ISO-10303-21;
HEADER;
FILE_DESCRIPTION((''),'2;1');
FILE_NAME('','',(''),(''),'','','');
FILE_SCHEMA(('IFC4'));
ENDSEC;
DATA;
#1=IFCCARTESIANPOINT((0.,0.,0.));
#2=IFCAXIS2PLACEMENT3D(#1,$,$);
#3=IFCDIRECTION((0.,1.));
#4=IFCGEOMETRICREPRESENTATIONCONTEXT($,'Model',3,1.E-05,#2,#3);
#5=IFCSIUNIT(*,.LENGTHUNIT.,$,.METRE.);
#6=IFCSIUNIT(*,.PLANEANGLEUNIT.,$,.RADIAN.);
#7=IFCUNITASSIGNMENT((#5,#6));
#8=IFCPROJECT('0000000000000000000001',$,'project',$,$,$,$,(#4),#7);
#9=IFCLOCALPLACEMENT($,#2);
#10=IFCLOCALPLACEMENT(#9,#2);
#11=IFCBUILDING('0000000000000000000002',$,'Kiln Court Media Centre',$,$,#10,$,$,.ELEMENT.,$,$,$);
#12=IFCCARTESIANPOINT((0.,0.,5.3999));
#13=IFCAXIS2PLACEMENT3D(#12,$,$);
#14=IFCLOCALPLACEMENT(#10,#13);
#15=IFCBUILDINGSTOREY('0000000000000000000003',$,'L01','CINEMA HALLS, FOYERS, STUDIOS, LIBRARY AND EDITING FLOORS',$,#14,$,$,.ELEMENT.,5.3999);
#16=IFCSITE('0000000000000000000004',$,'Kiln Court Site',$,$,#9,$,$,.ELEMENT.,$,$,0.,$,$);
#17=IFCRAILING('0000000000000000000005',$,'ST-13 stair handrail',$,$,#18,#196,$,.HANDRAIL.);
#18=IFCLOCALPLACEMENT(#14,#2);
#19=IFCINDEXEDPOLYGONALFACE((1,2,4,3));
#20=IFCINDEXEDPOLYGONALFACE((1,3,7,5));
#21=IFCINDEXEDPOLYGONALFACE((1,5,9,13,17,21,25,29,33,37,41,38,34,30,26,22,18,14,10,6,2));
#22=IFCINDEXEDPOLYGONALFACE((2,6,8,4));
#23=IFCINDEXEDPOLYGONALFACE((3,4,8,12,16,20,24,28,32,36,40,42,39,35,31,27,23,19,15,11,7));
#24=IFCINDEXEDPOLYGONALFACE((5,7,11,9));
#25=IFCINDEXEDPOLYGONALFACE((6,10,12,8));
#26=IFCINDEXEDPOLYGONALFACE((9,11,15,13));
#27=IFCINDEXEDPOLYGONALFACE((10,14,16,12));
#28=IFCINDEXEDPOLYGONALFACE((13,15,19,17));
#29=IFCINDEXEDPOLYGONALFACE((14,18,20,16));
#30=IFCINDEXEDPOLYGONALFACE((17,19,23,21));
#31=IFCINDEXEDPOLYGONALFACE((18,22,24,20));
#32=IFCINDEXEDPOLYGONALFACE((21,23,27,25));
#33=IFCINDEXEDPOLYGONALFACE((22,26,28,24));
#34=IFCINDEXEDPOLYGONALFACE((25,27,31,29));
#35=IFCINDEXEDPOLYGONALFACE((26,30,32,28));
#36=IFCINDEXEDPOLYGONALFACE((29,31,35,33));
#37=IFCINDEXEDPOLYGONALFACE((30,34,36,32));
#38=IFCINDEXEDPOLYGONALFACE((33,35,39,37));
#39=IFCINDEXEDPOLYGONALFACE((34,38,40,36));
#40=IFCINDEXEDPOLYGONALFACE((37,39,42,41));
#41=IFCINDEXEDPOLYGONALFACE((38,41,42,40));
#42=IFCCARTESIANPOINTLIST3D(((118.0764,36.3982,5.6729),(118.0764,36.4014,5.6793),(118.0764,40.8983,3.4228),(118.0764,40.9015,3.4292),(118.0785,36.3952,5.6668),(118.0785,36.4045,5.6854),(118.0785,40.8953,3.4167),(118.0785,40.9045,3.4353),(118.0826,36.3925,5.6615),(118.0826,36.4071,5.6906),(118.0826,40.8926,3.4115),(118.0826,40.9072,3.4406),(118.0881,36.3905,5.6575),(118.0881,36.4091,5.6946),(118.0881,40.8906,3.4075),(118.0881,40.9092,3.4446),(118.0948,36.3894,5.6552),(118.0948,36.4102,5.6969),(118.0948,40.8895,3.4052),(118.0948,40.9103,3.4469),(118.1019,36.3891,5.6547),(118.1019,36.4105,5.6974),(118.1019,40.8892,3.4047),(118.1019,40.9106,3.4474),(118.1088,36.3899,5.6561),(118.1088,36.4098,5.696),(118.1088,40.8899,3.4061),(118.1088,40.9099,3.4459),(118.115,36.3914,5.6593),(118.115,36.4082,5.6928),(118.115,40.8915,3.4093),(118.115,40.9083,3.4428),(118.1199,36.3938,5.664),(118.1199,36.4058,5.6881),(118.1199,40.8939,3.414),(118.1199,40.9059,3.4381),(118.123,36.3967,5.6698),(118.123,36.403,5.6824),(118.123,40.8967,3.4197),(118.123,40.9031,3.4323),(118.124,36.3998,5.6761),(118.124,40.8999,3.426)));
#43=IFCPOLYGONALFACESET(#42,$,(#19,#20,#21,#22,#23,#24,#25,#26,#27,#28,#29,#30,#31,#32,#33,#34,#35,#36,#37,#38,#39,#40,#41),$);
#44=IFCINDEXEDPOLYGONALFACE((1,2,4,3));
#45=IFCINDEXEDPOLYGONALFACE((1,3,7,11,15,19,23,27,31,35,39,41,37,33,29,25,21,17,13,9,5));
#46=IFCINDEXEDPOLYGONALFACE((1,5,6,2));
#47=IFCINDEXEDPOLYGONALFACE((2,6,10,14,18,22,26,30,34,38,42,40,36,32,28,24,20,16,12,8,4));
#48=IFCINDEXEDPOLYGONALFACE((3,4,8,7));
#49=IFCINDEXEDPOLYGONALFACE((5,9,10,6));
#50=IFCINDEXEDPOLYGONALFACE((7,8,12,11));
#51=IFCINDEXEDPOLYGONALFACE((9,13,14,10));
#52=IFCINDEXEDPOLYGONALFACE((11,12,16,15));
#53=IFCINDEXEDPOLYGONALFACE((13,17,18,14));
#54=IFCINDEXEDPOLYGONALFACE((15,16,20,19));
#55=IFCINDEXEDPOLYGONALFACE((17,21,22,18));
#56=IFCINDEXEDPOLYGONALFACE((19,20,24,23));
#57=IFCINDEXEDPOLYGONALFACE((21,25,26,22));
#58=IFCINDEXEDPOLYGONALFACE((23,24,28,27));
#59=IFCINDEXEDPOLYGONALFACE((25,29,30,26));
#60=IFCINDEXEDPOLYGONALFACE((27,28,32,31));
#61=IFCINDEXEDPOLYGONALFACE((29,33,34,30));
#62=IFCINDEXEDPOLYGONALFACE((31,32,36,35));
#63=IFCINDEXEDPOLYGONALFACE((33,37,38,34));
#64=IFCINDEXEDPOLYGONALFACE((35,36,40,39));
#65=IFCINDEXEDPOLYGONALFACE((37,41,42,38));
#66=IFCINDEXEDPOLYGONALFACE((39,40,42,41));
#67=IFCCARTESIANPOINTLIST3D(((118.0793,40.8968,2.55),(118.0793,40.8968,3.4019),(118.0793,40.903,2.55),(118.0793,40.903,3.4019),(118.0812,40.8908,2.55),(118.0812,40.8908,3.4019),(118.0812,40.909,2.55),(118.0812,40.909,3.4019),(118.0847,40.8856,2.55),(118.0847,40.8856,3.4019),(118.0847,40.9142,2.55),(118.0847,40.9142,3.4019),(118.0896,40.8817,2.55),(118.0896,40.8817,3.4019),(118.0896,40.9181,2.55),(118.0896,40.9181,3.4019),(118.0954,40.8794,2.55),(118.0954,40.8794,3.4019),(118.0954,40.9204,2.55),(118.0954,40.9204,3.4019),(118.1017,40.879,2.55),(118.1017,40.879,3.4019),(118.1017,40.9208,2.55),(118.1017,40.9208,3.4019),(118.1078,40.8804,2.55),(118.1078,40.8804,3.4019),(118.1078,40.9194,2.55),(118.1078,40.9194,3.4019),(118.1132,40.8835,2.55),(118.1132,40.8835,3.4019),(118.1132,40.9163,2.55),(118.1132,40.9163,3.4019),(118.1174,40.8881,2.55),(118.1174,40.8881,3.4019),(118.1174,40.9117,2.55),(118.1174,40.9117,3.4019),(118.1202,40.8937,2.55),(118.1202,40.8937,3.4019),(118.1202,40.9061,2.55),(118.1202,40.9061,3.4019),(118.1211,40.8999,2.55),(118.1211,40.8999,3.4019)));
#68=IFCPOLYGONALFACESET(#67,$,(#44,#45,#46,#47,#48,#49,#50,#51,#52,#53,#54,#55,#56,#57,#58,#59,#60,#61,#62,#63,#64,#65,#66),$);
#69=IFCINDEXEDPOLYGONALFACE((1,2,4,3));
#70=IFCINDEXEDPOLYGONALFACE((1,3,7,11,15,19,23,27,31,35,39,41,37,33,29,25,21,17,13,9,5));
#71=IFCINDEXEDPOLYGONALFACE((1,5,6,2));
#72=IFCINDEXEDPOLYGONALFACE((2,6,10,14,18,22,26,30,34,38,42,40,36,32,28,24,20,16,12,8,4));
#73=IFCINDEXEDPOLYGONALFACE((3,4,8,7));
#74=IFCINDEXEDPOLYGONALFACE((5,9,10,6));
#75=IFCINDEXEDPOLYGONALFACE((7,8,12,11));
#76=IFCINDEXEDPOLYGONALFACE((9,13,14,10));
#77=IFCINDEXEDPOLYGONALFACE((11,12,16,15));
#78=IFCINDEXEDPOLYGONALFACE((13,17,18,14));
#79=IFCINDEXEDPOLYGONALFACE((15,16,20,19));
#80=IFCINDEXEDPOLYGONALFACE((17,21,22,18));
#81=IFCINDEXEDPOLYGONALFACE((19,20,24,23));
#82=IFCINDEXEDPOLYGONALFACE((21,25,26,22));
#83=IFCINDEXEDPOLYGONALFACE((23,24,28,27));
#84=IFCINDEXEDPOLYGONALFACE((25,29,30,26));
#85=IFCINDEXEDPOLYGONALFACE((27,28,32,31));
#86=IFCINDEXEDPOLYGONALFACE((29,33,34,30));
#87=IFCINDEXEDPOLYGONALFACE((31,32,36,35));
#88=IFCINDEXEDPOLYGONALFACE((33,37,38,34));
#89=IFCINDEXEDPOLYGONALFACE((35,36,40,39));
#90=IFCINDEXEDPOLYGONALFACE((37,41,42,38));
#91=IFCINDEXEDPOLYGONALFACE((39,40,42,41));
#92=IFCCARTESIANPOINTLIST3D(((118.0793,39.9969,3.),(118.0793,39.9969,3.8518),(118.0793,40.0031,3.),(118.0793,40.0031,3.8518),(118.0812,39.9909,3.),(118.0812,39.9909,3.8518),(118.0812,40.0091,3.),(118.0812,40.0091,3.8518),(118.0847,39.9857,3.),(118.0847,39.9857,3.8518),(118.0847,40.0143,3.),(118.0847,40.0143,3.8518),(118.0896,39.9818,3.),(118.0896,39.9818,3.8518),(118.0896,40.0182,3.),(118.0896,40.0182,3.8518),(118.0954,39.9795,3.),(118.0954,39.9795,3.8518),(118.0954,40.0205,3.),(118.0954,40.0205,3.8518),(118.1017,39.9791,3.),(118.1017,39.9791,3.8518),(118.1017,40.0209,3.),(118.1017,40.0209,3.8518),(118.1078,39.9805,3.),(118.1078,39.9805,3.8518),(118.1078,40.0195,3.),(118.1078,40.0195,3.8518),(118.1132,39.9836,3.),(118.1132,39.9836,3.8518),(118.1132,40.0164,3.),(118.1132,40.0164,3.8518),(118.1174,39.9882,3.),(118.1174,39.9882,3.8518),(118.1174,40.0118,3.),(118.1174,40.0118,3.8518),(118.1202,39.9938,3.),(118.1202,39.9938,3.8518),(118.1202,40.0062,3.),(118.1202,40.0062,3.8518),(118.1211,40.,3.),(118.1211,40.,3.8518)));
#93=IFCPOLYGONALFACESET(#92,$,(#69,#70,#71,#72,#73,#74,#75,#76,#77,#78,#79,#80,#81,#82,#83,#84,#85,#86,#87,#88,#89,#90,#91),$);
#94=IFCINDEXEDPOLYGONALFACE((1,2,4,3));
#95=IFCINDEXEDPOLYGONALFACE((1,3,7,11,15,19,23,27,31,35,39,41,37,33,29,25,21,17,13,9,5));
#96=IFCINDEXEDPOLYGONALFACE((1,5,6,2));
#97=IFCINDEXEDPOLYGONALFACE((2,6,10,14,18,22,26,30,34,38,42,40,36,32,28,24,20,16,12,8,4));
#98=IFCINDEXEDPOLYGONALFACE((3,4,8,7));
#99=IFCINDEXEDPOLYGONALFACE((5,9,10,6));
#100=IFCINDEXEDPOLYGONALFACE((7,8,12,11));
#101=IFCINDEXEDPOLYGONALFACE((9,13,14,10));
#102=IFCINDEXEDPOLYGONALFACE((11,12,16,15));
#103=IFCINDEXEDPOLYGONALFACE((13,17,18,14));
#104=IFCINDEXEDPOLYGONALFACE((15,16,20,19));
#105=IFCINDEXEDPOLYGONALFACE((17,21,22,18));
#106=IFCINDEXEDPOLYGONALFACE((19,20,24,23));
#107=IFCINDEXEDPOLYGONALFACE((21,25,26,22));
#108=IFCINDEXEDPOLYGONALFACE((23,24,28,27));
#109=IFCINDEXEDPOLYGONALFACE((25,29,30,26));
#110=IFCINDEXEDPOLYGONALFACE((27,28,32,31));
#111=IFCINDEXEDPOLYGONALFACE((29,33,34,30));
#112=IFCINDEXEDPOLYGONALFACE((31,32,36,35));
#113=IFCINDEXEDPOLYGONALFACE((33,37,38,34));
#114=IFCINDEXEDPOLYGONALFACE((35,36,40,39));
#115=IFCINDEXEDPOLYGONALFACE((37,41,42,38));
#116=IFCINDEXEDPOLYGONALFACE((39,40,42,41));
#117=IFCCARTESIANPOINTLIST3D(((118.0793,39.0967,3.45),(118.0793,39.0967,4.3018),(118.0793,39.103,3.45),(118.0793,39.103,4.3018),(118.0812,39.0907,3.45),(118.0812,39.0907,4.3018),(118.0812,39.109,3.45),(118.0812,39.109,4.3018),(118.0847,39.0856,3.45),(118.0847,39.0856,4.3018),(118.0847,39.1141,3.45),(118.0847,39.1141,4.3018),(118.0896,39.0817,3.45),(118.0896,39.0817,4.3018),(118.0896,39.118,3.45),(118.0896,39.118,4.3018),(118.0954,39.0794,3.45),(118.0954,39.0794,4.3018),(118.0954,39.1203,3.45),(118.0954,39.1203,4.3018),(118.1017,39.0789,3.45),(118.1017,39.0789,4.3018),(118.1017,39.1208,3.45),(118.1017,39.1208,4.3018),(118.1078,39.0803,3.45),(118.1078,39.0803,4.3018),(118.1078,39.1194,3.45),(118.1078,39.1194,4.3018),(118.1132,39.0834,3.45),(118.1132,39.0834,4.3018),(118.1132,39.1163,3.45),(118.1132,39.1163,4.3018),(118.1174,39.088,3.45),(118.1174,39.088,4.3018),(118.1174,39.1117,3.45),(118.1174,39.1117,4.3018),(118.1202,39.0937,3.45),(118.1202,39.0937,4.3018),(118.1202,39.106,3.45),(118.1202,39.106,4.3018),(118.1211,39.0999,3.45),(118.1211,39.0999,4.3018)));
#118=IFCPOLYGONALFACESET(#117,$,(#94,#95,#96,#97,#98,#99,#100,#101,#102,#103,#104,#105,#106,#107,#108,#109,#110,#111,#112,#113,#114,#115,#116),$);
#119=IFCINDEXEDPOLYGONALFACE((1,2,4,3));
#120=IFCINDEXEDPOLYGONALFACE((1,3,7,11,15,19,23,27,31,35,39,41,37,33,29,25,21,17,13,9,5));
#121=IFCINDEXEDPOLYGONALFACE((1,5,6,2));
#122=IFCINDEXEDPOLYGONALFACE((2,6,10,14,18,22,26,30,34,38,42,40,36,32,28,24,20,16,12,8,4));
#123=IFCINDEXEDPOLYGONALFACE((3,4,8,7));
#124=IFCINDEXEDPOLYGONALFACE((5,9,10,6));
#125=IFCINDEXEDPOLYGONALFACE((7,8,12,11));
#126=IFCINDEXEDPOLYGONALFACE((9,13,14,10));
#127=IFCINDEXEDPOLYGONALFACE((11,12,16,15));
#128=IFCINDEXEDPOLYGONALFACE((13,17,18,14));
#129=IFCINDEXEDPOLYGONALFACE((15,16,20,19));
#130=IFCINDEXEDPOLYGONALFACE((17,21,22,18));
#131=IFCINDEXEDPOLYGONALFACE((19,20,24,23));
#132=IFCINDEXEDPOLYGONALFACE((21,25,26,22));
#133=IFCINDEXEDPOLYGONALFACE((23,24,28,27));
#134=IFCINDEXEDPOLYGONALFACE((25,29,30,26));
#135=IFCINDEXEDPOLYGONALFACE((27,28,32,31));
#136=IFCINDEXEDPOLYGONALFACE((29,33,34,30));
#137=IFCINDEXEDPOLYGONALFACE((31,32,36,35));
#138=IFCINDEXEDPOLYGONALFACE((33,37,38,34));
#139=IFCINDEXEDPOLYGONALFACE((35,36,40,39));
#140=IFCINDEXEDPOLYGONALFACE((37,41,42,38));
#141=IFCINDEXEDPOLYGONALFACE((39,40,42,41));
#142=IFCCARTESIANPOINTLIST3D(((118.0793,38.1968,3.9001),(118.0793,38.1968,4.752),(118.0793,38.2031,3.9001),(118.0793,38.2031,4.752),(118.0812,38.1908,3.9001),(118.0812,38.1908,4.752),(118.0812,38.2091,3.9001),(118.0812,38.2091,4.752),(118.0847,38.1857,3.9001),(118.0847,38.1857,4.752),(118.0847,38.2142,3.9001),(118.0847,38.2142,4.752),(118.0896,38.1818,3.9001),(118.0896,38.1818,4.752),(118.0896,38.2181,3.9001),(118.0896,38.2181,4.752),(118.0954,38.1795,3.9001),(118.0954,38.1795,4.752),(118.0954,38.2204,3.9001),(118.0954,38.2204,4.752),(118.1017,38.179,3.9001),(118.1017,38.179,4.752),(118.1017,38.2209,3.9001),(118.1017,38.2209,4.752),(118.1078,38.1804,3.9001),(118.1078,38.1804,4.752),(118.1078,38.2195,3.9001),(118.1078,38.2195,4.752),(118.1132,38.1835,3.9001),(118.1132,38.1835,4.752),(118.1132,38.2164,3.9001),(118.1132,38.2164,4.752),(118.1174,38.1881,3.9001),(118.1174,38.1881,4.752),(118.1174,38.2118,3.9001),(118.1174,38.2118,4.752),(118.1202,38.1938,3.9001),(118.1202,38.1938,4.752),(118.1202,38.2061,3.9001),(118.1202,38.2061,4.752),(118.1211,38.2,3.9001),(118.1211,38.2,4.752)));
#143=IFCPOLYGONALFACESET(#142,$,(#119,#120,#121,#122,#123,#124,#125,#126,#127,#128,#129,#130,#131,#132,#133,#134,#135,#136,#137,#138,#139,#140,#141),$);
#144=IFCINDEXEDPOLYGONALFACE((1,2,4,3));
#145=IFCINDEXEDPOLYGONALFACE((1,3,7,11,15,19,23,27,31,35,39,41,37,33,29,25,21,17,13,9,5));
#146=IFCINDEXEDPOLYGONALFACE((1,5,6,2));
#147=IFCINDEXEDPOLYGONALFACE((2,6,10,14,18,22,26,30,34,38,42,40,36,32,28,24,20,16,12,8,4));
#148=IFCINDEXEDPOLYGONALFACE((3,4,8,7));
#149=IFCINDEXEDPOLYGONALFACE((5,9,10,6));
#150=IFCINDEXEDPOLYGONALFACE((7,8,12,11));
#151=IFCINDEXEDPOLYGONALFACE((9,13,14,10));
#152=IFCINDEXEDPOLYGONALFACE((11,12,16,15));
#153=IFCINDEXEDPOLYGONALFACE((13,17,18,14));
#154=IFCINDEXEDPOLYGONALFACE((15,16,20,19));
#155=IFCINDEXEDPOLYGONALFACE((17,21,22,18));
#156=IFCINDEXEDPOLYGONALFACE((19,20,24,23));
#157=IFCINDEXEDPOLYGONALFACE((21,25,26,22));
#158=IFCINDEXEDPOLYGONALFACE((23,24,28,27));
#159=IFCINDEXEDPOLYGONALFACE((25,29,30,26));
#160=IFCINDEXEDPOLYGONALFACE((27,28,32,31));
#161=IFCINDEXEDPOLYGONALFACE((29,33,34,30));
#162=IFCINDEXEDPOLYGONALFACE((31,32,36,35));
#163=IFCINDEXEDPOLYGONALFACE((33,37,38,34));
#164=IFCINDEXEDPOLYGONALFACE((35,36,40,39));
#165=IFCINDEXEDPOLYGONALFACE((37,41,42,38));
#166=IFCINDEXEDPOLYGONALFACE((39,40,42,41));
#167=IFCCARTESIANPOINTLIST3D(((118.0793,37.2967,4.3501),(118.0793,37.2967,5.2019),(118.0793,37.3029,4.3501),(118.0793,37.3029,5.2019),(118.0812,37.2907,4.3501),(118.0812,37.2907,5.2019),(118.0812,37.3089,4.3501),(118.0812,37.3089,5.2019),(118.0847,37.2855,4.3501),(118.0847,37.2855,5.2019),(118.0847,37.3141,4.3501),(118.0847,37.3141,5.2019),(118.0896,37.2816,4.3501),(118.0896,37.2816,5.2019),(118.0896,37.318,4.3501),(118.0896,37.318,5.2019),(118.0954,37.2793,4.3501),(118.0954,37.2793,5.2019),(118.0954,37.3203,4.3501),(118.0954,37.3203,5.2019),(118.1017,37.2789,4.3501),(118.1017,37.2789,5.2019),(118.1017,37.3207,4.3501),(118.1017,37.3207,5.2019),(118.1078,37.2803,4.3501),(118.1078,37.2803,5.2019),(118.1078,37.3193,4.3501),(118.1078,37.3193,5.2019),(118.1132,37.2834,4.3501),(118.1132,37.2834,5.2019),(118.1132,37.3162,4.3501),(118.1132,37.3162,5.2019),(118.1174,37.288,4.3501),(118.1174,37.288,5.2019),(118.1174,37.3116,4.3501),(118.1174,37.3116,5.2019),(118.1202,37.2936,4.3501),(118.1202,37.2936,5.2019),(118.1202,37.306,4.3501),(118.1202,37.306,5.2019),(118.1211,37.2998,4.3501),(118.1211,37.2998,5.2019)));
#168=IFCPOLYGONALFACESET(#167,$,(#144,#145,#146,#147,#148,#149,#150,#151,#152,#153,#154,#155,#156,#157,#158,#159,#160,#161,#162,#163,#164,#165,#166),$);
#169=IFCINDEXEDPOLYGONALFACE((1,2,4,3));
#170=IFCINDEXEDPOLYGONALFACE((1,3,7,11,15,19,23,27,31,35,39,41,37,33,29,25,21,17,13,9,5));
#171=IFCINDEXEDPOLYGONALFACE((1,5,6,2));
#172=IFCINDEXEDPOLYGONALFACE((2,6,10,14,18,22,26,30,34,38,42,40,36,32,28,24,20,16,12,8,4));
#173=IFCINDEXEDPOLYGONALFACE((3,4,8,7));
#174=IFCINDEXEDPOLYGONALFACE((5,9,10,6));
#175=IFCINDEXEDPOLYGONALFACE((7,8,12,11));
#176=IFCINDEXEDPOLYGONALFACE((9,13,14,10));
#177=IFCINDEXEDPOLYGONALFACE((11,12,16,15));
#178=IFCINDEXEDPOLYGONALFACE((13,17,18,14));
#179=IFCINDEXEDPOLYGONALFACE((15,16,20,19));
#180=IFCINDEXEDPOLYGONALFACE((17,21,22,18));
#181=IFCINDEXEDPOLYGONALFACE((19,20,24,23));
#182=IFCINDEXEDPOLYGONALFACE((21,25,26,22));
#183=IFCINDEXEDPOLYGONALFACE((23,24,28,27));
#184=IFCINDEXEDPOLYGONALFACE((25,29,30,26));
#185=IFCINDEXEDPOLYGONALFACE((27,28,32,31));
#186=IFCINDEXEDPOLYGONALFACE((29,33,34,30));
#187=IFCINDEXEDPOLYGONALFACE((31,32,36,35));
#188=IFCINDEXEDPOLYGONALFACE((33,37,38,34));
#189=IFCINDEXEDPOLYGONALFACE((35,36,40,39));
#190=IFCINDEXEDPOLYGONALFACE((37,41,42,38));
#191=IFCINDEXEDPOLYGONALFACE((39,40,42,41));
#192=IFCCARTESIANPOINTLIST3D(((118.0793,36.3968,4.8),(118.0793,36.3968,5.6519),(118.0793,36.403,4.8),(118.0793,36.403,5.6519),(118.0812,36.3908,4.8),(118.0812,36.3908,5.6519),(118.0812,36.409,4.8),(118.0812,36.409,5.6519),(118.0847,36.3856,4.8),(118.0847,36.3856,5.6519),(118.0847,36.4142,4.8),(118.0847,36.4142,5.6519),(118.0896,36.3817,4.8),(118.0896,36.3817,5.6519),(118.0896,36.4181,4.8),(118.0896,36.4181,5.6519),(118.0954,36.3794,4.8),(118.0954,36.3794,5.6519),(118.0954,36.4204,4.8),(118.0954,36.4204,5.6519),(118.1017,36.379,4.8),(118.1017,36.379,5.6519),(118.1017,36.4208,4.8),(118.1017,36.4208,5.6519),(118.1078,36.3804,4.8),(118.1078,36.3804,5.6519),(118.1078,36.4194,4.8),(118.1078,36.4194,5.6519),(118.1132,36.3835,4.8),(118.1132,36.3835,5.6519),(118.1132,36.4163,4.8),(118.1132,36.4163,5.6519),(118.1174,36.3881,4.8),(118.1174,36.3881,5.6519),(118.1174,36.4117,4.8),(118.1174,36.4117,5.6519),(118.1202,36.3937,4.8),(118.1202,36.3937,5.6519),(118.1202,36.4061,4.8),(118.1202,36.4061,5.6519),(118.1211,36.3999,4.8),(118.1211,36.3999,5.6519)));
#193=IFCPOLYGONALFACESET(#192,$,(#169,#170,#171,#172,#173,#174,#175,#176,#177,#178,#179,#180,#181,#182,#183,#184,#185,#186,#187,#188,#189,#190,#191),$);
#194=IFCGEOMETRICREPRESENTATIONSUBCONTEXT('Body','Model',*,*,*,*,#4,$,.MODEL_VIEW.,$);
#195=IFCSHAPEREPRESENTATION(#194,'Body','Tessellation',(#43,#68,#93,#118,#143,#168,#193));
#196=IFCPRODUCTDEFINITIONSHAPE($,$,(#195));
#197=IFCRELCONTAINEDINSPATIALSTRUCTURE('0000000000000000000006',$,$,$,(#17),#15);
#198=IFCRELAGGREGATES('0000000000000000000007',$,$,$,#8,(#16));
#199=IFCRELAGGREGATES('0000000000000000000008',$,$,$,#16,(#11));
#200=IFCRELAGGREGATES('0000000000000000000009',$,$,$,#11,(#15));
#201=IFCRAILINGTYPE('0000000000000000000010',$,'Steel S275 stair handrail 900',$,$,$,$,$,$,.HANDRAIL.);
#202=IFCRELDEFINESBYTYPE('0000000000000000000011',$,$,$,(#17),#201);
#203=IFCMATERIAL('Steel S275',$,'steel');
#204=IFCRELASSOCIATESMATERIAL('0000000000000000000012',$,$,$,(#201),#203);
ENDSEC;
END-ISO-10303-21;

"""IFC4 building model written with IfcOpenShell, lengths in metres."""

from ifc_helpers import new_model, si_unit, direction, frame, origin, origin_2d, place, context, subcontext, project, spatial, circle, extrude, material, type_object, element, save


model = new_model("IFC4")

# Units and contexts
model_context = context("Model", 3, precision=1e-05, world=origin(), true_north=direction((0.0, 1.0)))
body_context = subcontext(model_context, "Body", "Model", "MODEL_VIEW")
ifc_project = project(units=[si_unit("LENGTHUNIT", "METRE"), si_unit("PLANEANGLEUNIT", "RADIAN")], contexts=[model_context])

# Site, building, storey
site_placement = place(None, origin())
site = spatial("IfcSite", under=ifc_project, at=site_placement, Name="Kiln Court Site", CompositionType="ELEMENT", RefElevation=0.0)
building_placement = place(site_placement, origin())
building = spatial("IfcBuilding", under=site, at=building_placement, Name="Kiln Court Media Centre", CompositionType="ELEMENT")
storey_placement = place(building_placement, frame((0.0, 0.0, 5.3999)))
storey = spatial("IfcBuildingStorey", under=building, at=storey_placement, Name="L01", Description="CINEMA HALLS, FOYERS, STUDIOS, LIBRARY AND EDITING FLOORS", CompositionType="ELEMENT", Elevation=5.3999)

# Railing
ifc_material_1 = material(Name="Steel S275", Category="steel")
railing_type_1 = type_object("IfcRailingType", Name="Steel S275 stair handrail 900", PredefinedType="HANDRAIL", material=ifc_material_1)
railing_1_placement = place(storey_placement, frame((118.1001, 40.8999, 2.55)))
element("IfcRailing", 1, at=railing_1_placement, inside=storey, type_object=railing_type_1, Name="ST-13 stair handrail", PredefinedType="HANDRAIL", context=body_context, shape_type="SweptSolid", body=[
    extrude(circle(Radius=0.0239, at=origin_2d()), frame((0.0, 0.0, 0.876), z_axis=(0.0, -0.894427, 0.447214), x_axis=(1.0, 0.0, 0.0)), (0.0, 0.0, 1.0), 5.0312),
    extrude(circle(Radius=0.021, at=origin_2d()), origin(), (0.0, 0.0, 1.0), 0.8518),
    extrude(circle(Radius=0.021, at=origin_2d()), frame((0.0, -0.8999, 0.45)), (0.0, 0.0, 1.0), 0.8518),
    extrude(circle(Radius=0.021, at=origin_2d()), frame((0.0, -1.8, 0.8999)), (0.0, 0.0, 1.0), 0.8518),
    extrude(circle(Radius=0.021, at=origin_2d()), frame((0.0, -2.7, 1.3501)), (0.0, 0.0, 1.0), 0.8518),
    extrude(circle(Radius=0.021, at=origin_2d()), frame((0.0, -3.6001, 1.8)), (0.0, 0.0, 1.0), 0.8518),
    extrude(circle(Radius=0.021, at=origin_2d()), frame((0.0, -4.5, 2.25)), (0.0, 0.0, 1.0), 0.8518),
])

save(model, "model.ifc")
